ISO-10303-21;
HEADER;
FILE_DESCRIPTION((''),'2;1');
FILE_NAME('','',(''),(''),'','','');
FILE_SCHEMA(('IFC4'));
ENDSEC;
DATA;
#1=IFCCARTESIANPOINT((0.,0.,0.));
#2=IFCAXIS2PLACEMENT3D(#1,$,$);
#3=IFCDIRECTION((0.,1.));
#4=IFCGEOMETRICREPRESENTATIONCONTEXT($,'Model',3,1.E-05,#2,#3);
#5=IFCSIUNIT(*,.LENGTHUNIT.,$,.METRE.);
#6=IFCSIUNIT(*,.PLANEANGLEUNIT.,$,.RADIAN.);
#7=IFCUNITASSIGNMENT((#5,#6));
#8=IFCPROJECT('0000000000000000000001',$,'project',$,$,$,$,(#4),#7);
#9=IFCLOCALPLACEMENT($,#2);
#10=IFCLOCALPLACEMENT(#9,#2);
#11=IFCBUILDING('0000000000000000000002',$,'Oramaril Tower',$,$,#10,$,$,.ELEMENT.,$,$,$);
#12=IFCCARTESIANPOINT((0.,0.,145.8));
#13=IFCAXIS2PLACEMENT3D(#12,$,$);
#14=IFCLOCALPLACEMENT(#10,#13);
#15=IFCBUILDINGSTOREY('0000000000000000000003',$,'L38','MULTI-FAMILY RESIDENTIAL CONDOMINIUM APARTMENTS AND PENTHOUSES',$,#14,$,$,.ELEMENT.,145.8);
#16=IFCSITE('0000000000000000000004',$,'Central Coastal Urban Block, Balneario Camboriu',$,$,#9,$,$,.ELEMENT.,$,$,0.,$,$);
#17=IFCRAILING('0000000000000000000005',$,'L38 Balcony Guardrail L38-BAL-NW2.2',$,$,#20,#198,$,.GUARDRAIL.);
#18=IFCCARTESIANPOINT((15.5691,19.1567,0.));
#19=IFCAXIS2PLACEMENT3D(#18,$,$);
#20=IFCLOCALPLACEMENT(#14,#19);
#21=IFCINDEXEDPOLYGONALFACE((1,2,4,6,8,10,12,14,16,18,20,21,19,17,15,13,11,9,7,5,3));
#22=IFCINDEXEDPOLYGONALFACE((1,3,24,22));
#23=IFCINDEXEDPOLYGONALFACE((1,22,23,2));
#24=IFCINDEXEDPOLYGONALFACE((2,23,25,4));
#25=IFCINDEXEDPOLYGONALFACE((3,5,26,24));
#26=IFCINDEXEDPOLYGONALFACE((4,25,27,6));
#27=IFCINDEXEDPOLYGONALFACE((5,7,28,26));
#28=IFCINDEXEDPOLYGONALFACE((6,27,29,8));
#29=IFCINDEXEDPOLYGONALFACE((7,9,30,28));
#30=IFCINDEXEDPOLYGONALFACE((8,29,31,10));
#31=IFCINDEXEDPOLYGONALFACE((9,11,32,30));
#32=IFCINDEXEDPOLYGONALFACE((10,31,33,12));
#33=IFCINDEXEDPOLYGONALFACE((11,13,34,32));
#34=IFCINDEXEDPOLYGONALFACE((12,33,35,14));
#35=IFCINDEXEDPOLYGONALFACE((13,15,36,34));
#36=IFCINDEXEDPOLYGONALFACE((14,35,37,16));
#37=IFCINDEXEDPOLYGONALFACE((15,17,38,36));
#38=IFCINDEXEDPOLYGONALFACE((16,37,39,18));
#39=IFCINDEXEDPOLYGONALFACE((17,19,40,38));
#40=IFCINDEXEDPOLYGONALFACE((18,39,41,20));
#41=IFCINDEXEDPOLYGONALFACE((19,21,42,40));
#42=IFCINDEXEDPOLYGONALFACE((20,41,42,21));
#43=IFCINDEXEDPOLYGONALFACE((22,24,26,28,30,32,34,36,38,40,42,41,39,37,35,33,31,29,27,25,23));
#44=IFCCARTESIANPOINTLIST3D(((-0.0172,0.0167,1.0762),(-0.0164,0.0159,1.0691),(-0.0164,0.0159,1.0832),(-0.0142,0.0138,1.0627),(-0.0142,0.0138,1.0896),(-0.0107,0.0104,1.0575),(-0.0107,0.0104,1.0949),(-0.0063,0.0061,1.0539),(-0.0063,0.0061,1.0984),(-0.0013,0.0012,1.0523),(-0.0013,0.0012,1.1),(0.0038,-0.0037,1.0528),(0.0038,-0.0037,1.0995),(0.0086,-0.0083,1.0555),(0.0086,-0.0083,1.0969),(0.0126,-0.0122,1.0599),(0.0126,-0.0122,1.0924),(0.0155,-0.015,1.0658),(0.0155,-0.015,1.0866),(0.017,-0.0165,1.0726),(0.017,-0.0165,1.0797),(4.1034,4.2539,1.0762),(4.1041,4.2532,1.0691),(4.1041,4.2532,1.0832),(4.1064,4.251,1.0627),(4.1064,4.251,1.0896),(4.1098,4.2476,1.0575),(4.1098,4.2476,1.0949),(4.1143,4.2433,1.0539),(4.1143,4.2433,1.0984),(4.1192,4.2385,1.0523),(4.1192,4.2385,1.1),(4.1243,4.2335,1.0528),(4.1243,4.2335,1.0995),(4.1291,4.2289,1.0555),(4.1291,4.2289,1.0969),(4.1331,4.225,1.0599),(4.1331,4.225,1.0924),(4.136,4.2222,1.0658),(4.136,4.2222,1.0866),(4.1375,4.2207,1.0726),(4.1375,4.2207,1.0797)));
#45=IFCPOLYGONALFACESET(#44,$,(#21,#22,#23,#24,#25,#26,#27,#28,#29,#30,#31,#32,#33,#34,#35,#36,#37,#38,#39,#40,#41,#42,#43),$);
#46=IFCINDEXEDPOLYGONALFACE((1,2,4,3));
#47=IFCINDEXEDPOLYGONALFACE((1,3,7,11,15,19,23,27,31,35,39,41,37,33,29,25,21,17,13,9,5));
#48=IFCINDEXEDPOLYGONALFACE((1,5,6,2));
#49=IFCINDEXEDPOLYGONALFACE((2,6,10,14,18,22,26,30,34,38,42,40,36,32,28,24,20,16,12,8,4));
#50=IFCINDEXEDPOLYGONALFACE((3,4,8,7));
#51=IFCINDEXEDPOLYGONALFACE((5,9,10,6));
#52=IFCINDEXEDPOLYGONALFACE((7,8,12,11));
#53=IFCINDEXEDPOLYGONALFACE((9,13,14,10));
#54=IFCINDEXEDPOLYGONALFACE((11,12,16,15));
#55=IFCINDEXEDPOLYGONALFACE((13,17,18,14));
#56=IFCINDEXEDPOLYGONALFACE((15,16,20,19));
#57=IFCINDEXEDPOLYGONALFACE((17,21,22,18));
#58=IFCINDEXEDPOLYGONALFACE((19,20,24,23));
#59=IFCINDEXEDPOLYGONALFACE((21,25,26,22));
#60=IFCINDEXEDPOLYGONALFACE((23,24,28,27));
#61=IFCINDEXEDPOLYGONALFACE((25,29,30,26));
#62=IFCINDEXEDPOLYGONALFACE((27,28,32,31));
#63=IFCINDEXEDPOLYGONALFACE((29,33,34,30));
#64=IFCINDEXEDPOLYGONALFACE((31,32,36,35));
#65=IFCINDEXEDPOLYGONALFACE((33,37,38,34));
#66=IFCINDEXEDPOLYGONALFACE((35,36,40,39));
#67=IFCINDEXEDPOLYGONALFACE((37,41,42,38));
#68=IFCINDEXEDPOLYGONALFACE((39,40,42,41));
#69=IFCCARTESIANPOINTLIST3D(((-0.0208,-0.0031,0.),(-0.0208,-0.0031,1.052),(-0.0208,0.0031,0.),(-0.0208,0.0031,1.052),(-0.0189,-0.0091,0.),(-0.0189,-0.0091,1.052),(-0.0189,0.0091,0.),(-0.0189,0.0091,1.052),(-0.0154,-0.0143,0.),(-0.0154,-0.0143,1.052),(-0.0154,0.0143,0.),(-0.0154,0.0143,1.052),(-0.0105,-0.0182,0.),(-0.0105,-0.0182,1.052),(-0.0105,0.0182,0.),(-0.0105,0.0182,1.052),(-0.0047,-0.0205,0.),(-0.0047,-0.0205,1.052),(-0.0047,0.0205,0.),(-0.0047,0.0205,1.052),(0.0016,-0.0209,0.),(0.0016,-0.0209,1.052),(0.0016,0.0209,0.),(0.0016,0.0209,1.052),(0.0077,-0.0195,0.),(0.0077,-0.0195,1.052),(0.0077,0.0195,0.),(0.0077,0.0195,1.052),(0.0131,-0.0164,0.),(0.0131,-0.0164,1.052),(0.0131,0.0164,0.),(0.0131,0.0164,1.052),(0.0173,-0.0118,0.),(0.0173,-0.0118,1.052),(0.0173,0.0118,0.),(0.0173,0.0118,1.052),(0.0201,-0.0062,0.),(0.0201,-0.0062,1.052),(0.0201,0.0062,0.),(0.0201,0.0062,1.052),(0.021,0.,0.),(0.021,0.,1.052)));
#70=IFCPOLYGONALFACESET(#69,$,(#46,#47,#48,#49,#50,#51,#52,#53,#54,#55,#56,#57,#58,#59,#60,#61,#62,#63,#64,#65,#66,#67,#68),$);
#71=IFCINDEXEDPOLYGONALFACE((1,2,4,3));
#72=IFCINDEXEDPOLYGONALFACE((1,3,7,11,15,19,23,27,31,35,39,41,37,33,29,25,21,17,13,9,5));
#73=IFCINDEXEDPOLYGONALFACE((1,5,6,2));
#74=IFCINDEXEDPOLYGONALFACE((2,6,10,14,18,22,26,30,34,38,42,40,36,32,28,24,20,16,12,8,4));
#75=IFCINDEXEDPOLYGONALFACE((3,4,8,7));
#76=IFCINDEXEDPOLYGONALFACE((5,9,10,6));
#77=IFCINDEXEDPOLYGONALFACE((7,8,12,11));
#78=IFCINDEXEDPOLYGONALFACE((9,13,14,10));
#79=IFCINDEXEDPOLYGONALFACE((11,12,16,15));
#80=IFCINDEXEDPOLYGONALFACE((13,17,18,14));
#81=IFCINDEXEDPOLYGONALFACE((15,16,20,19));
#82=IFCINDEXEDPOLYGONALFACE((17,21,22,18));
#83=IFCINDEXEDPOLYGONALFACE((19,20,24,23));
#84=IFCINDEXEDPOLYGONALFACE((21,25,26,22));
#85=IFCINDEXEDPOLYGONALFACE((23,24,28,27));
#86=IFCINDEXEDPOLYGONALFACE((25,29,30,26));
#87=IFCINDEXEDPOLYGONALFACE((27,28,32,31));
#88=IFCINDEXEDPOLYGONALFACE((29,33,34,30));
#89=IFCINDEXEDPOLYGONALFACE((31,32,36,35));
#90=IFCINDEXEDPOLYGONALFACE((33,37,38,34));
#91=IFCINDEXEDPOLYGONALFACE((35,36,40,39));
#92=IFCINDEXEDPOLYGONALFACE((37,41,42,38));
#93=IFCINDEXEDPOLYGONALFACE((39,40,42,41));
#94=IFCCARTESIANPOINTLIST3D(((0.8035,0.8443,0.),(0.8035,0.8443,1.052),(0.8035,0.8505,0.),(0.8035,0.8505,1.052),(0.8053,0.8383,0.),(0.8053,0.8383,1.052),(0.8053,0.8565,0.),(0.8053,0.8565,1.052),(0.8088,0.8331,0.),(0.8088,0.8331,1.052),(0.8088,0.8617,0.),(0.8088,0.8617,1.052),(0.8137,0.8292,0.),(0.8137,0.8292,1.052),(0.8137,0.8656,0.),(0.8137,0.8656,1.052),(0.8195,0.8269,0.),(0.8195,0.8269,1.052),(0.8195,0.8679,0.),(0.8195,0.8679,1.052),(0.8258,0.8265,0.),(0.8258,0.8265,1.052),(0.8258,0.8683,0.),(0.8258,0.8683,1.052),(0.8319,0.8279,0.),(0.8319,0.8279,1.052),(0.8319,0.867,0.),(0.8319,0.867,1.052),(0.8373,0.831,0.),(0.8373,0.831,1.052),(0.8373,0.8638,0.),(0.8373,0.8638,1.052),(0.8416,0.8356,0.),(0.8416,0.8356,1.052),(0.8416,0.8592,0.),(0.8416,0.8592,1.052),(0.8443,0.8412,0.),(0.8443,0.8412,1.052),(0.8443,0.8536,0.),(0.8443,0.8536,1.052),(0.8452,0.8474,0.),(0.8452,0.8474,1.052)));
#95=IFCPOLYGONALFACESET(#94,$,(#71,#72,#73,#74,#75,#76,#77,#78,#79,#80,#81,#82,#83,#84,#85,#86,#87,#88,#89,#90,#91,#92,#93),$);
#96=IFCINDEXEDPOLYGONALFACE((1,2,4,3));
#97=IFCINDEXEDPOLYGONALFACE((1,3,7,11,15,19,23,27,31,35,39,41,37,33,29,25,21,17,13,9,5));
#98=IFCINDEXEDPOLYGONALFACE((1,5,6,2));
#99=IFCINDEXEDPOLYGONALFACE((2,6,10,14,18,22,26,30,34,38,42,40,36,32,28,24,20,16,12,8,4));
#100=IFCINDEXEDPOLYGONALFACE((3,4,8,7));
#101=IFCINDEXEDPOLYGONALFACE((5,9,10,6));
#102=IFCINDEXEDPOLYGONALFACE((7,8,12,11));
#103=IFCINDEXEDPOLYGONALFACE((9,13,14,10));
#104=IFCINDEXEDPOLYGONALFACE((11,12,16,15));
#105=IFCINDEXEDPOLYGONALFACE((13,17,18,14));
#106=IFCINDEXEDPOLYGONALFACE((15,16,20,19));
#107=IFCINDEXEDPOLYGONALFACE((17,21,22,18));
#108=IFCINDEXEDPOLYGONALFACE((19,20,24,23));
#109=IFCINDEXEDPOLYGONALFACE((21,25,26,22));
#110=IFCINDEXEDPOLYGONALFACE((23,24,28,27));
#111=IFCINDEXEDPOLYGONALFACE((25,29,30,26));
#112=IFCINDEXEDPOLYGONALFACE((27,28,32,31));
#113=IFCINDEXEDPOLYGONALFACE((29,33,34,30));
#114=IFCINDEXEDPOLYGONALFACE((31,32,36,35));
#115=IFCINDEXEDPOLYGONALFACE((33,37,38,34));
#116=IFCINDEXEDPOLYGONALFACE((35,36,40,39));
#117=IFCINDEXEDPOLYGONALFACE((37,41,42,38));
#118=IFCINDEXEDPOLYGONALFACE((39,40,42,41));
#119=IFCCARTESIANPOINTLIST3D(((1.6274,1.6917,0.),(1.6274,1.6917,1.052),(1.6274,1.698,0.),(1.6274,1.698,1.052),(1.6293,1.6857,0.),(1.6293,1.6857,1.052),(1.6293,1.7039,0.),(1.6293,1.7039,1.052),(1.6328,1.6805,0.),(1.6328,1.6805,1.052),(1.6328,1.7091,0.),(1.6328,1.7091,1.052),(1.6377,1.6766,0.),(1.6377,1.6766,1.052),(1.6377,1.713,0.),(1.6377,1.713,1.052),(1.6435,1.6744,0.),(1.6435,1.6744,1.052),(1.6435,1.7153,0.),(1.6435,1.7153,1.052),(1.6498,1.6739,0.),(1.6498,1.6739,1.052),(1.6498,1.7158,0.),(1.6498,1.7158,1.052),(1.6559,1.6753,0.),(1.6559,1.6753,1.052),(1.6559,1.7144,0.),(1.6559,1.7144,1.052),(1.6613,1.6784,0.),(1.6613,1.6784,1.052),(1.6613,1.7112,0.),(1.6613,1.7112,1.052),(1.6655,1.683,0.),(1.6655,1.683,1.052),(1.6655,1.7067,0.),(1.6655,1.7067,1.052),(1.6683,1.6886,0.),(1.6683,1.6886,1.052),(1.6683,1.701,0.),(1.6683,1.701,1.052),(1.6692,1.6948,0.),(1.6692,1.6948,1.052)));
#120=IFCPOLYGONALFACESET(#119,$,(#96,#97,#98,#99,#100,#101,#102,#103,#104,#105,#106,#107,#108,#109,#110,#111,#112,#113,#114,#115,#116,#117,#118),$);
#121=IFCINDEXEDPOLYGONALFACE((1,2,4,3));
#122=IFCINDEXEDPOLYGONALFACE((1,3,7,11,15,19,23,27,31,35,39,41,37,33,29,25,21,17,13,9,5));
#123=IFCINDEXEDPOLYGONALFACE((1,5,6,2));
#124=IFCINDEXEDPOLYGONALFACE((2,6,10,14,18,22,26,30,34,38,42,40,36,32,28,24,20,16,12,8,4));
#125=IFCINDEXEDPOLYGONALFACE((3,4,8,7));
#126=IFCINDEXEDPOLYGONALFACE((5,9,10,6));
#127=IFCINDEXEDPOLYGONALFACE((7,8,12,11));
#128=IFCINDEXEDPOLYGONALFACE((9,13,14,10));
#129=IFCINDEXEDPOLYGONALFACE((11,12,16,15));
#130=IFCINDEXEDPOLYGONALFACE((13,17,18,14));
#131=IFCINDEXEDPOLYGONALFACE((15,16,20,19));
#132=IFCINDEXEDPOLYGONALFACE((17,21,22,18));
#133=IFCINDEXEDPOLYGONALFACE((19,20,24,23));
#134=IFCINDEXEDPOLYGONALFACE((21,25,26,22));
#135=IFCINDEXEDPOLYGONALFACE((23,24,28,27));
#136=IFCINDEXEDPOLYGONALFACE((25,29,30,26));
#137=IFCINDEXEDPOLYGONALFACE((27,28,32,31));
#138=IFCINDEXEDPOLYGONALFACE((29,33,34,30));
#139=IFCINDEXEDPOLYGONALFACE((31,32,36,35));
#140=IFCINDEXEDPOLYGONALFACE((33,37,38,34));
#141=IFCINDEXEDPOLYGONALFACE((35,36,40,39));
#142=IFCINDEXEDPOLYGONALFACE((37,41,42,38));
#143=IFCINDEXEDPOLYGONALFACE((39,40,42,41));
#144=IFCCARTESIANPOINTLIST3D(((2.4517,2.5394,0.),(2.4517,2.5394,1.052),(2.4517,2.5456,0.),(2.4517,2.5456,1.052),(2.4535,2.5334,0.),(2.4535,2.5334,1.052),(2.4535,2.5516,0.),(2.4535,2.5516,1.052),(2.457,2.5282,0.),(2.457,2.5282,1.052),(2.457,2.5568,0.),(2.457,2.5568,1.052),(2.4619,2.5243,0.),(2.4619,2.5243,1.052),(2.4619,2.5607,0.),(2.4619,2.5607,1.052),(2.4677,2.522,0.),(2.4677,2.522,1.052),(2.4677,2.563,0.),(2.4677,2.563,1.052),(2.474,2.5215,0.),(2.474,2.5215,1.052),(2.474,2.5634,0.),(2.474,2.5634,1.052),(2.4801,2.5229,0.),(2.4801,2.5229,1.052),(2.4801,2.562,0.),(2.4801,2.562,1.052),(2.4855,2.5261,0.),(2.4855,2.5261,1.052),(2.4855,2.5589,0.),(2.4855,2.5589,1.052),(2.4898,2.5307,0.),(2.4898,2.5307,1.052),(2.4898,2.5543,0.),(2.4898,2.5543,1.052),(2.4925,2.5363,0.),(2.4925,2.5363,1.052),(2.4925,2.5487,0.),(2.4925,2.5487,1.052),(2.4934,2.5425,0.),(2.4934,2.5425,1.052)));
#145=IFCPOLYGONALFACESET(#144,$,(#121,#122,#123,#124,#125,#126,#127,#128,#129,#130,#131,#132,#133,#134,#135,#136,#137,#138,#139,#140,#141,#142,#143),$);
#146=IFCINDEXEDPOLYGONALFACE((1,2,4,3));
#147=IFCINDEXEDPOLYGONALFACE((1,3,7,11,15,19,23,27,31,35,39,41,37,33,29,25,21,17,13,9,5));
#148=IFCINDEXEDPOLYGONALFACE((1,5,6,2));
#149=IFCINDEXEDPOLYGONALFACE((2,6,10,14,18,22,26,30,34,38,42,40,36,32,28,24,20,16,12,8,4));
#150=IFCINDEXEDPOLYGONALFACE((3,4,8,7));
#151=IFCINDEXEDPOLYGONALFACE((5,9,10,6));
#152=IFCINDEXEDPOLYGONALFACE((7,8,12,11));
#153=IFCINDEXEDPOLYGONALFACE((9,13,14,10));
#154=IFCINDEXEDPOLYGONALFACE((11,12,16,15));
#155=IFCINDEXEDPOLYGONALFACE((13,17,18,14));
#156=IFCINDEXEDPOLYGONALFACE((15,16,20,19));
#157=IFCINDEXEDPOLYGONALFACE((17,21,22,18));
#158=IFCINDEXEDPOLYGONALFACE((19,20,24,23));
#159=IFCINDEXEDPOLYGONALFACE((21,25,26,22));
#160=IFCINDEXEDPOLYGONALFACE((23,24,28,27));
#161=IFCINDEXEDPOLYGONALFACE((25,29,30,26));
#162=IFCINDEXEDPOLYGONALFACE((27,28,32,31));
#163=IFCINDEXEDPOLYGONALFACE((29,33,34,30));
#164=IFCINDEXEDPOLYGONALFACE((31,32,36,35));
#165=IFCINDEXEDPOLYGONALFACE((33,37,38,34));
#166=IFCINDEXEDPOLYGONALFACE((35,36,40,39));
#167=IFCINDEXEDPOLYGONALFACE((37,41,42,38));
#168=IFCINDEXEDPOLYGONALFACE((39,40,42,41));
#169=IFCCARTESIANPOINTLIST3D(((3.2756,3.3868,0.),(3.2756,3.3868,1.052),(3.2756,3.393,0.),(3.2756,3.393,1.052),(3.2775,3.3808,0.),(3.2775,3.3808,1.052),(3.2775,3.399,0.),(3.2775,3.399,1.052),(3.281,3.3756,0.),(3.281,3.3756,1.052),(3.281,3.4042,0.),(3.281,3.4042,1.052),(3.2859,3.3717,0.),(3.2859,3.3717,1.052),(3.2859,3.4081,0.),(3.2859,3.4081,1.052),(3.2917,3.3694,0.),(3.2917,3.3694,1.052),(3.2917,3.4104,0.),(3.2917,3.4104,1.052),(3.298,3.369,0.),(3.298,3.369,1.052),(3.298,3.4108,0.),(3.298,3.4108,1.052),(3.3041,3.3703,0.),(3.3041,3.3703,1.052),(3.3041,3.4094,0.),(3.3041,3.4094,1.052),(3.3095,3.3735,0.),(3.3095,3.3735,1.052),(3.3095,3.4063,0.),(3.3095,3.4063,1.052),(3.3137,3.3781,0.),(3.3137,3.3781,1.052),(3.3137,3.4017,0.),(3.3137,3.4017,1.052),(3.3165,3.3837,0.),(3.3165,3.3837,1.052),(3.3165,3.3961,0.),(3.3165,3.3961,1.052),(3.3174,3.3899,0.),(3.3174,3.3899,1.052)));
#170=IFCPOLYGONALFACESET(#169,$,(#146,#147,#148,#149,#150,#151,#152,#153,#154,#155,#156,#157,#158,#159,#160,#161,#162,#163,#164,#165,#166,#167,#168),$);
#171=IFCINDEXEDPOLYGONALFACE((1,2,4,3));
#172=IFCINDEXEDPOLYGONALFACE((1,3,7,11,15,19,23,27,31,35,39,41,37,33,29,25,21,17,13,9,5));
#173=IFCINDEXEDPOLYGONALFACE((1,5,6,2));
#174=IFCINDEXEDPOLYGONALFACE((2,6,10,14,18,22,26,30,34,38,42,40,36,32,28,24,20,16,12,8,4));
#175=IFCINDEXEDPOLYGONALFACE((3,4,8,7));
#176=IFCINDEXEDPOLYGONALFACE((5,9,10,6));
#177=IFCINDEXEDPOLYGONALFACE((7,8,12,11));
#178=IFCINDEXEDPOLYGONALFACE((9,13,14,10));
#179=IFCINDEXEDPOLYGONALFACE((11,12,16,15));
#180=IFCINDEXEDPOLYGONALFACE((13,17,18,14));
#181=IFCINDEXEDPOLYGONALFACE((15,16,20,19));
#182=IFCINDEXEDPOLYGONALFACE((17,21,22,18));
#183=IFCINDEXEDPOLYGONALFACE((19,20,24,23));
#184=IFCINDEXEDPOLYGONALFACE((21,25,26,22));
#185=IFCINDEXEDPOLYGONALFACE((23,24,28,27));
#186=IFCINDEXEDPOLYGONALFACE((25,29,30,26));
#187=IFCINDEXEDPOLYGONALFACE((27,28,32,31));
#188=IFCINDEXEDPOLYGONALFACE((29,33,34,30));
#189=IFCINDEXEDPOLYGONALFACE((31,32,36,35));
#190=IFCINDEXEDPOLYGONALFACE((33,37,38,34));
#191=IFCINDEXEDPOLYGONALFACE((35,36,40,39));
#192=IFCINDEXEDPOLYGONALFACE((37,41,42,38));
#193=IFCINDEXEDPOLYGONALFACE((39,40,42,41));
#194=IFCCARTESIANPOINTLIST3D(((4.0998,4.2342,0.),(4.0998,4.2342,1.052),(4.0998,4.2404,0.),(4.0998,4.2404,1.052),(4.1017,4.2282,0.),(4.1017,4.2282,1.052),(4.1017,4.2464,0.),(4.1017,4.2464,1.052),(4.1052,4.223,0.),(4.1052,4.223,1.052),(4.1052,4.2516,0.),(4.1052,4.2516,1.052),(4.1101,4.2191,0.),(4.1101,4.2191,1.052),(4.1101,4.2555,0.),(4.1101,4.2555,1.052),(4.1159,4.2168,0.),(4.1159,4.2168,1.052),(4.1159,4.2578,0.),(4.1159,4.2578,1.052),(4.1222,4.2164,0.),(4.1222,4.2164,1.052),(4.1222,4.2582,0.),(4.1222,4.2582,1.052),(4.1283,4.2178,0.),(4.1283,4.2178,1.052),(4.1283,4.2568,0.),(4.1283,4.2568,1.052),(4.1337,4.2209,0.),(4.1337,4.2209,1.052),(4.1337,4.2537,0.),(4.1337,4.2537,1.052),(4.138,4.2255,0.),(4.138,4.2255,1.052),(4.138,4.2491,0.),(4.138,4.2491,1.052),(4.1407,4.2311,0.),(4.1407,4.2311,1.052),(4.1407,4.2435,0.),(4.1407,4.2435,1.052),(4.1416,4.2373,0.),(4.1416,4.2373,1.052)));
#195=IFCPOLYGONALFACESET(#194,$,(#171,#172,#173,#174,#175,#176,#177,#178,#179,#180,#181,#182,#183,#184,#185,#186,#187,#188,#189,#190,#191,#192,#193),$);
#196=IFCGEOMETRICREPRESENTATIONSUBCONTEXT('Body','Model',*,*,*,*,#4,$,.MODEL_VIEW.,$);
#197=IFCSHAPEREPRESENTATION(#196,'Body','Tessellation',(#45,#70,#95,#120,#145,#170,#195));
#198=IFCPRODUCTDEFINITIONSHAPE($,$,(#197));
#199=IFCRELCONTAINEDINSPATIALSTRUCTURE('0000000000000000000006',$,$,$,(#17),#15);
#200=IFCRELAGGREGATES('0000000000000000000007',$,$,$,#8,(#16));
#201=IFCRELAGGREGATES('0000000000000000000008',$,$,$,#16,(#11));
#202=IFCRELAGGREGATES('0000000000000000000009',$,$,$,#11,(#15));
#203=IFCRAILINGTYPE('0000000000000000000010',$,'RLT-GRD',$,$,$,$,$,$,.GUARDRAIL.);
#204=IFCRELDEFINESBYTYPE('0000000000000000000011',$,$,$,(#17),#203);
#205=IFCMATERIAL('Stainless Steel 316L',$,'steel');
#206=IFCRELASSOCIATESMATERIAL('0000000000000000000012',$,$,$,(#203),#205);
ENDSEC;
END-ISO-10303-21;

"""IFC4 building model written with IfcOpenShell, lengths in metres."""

from ifc_helpers import new_model, si_unit, direction, frame, origin, origin_2d, place, context, subcontext, project, spatial, circle, extrude, material, type_object, element, save


model = new_model("IFC4")

# Units and contexts
model_context = context("Model", 3, precision=1e-05, world=origin(), true_north=direction((0.0, 1.0)))
body_context = subcontext(model_context, "Body", "Model", "MODEL_VIEW")
ifc_project = project(units=[si_unit("LENGTHUNIT", "METRE"), si_unit("PLANEANGLEUNIT", "RADIAN")], contexts=[model_context])

# Site, building, storey
site_placement = place(None, origin())
site = spatial("IfcSite", under=ifc_project, at=site_placement, Name="Central Coastal Urban Block, Balneario Camboriu", CompositionType="ELEMENT", RefElevation=0.0)
building_placement = place(site_placement, origin())
building = spatial("IfcBuilding", under=site, at=building_placement, Name="Oramaril Tower", CompositionType="ELEMENT")
storey_placement = place(building_placement, frame((0.0, 0.0, 145.8)))
storey = spatial("IfcBuildingStorey", under=building, at=storey_placement, Name="L38", Description="MULTI-FAMILY RESIDENTIAL CONDOMINIUM APARTMENTS AND PENTHOUSES", CompositionType="ELEMENT", Elevation=145.8)

# Railing
ifc_material_1 = material(Name="Stainless Steel 316L", Category="steel")
railing_type = type_object("IfcRailingType", Name="RLT-GRD", PredefinedType="GUARDRAIL", material=ifc_material_1)
railing_1_placement = place(storey_placement, frame((15.5691, 19.1567, 0.0)))
element("IfcRailing", 1, at=railing_1_placement, inside=storey, type_object=railing_type, Name="L38 Balcony Guardrail L38-BAL-NW2.2", PredefinedType="GUARDRAIL", context=body_context, shape_type="SweptSolid", body=[
    extrude(circle(Radius=0.0239, at=origin_2d()), frame((0.0, 0.0, 1.0762), z_axis=(0.697166, 0.71691, 0.0), x_axis=(-0.71691, 0.697166, 0.0)), (0.0, 0.0, 1.0), 5.9104),
    extrude(circle(Radius=0.021, at=origin_2d()), origin(), (0.0, 0.0, 1.0), 1.052),
    extrude(circle(Radius=0.021, at=origin_2d()), frame((0.8242, 0.8474, 0.0)), (0.0, 0.0, 1.0), 1.052),
    extrude(circle(Radius=0.021, at=origin_2d()), frame((1.6482, 1.6948, 0.0)), (0.0, 0.0, 1.0), 1.052),
    extrude(circle(Radius=0.021, at=origin_2d()), frame((2.4724, 2.5425, 0.0)), (0.0, 0.0, 1.0), 1.052),
    extrude(circle(Radius=0.021, at=origin_2d()), frame((3.2964, 3.3899, 0.0)), (0.0, 0.0, 1.0), 1.052),
    extrude(circle(Radius=0.021, at=origin_2d()), frame((4.1206, 4.2373, 0.0)), (0.0, 0.0, 1.0), 1.052),
])

save(model, "model.ifc")
